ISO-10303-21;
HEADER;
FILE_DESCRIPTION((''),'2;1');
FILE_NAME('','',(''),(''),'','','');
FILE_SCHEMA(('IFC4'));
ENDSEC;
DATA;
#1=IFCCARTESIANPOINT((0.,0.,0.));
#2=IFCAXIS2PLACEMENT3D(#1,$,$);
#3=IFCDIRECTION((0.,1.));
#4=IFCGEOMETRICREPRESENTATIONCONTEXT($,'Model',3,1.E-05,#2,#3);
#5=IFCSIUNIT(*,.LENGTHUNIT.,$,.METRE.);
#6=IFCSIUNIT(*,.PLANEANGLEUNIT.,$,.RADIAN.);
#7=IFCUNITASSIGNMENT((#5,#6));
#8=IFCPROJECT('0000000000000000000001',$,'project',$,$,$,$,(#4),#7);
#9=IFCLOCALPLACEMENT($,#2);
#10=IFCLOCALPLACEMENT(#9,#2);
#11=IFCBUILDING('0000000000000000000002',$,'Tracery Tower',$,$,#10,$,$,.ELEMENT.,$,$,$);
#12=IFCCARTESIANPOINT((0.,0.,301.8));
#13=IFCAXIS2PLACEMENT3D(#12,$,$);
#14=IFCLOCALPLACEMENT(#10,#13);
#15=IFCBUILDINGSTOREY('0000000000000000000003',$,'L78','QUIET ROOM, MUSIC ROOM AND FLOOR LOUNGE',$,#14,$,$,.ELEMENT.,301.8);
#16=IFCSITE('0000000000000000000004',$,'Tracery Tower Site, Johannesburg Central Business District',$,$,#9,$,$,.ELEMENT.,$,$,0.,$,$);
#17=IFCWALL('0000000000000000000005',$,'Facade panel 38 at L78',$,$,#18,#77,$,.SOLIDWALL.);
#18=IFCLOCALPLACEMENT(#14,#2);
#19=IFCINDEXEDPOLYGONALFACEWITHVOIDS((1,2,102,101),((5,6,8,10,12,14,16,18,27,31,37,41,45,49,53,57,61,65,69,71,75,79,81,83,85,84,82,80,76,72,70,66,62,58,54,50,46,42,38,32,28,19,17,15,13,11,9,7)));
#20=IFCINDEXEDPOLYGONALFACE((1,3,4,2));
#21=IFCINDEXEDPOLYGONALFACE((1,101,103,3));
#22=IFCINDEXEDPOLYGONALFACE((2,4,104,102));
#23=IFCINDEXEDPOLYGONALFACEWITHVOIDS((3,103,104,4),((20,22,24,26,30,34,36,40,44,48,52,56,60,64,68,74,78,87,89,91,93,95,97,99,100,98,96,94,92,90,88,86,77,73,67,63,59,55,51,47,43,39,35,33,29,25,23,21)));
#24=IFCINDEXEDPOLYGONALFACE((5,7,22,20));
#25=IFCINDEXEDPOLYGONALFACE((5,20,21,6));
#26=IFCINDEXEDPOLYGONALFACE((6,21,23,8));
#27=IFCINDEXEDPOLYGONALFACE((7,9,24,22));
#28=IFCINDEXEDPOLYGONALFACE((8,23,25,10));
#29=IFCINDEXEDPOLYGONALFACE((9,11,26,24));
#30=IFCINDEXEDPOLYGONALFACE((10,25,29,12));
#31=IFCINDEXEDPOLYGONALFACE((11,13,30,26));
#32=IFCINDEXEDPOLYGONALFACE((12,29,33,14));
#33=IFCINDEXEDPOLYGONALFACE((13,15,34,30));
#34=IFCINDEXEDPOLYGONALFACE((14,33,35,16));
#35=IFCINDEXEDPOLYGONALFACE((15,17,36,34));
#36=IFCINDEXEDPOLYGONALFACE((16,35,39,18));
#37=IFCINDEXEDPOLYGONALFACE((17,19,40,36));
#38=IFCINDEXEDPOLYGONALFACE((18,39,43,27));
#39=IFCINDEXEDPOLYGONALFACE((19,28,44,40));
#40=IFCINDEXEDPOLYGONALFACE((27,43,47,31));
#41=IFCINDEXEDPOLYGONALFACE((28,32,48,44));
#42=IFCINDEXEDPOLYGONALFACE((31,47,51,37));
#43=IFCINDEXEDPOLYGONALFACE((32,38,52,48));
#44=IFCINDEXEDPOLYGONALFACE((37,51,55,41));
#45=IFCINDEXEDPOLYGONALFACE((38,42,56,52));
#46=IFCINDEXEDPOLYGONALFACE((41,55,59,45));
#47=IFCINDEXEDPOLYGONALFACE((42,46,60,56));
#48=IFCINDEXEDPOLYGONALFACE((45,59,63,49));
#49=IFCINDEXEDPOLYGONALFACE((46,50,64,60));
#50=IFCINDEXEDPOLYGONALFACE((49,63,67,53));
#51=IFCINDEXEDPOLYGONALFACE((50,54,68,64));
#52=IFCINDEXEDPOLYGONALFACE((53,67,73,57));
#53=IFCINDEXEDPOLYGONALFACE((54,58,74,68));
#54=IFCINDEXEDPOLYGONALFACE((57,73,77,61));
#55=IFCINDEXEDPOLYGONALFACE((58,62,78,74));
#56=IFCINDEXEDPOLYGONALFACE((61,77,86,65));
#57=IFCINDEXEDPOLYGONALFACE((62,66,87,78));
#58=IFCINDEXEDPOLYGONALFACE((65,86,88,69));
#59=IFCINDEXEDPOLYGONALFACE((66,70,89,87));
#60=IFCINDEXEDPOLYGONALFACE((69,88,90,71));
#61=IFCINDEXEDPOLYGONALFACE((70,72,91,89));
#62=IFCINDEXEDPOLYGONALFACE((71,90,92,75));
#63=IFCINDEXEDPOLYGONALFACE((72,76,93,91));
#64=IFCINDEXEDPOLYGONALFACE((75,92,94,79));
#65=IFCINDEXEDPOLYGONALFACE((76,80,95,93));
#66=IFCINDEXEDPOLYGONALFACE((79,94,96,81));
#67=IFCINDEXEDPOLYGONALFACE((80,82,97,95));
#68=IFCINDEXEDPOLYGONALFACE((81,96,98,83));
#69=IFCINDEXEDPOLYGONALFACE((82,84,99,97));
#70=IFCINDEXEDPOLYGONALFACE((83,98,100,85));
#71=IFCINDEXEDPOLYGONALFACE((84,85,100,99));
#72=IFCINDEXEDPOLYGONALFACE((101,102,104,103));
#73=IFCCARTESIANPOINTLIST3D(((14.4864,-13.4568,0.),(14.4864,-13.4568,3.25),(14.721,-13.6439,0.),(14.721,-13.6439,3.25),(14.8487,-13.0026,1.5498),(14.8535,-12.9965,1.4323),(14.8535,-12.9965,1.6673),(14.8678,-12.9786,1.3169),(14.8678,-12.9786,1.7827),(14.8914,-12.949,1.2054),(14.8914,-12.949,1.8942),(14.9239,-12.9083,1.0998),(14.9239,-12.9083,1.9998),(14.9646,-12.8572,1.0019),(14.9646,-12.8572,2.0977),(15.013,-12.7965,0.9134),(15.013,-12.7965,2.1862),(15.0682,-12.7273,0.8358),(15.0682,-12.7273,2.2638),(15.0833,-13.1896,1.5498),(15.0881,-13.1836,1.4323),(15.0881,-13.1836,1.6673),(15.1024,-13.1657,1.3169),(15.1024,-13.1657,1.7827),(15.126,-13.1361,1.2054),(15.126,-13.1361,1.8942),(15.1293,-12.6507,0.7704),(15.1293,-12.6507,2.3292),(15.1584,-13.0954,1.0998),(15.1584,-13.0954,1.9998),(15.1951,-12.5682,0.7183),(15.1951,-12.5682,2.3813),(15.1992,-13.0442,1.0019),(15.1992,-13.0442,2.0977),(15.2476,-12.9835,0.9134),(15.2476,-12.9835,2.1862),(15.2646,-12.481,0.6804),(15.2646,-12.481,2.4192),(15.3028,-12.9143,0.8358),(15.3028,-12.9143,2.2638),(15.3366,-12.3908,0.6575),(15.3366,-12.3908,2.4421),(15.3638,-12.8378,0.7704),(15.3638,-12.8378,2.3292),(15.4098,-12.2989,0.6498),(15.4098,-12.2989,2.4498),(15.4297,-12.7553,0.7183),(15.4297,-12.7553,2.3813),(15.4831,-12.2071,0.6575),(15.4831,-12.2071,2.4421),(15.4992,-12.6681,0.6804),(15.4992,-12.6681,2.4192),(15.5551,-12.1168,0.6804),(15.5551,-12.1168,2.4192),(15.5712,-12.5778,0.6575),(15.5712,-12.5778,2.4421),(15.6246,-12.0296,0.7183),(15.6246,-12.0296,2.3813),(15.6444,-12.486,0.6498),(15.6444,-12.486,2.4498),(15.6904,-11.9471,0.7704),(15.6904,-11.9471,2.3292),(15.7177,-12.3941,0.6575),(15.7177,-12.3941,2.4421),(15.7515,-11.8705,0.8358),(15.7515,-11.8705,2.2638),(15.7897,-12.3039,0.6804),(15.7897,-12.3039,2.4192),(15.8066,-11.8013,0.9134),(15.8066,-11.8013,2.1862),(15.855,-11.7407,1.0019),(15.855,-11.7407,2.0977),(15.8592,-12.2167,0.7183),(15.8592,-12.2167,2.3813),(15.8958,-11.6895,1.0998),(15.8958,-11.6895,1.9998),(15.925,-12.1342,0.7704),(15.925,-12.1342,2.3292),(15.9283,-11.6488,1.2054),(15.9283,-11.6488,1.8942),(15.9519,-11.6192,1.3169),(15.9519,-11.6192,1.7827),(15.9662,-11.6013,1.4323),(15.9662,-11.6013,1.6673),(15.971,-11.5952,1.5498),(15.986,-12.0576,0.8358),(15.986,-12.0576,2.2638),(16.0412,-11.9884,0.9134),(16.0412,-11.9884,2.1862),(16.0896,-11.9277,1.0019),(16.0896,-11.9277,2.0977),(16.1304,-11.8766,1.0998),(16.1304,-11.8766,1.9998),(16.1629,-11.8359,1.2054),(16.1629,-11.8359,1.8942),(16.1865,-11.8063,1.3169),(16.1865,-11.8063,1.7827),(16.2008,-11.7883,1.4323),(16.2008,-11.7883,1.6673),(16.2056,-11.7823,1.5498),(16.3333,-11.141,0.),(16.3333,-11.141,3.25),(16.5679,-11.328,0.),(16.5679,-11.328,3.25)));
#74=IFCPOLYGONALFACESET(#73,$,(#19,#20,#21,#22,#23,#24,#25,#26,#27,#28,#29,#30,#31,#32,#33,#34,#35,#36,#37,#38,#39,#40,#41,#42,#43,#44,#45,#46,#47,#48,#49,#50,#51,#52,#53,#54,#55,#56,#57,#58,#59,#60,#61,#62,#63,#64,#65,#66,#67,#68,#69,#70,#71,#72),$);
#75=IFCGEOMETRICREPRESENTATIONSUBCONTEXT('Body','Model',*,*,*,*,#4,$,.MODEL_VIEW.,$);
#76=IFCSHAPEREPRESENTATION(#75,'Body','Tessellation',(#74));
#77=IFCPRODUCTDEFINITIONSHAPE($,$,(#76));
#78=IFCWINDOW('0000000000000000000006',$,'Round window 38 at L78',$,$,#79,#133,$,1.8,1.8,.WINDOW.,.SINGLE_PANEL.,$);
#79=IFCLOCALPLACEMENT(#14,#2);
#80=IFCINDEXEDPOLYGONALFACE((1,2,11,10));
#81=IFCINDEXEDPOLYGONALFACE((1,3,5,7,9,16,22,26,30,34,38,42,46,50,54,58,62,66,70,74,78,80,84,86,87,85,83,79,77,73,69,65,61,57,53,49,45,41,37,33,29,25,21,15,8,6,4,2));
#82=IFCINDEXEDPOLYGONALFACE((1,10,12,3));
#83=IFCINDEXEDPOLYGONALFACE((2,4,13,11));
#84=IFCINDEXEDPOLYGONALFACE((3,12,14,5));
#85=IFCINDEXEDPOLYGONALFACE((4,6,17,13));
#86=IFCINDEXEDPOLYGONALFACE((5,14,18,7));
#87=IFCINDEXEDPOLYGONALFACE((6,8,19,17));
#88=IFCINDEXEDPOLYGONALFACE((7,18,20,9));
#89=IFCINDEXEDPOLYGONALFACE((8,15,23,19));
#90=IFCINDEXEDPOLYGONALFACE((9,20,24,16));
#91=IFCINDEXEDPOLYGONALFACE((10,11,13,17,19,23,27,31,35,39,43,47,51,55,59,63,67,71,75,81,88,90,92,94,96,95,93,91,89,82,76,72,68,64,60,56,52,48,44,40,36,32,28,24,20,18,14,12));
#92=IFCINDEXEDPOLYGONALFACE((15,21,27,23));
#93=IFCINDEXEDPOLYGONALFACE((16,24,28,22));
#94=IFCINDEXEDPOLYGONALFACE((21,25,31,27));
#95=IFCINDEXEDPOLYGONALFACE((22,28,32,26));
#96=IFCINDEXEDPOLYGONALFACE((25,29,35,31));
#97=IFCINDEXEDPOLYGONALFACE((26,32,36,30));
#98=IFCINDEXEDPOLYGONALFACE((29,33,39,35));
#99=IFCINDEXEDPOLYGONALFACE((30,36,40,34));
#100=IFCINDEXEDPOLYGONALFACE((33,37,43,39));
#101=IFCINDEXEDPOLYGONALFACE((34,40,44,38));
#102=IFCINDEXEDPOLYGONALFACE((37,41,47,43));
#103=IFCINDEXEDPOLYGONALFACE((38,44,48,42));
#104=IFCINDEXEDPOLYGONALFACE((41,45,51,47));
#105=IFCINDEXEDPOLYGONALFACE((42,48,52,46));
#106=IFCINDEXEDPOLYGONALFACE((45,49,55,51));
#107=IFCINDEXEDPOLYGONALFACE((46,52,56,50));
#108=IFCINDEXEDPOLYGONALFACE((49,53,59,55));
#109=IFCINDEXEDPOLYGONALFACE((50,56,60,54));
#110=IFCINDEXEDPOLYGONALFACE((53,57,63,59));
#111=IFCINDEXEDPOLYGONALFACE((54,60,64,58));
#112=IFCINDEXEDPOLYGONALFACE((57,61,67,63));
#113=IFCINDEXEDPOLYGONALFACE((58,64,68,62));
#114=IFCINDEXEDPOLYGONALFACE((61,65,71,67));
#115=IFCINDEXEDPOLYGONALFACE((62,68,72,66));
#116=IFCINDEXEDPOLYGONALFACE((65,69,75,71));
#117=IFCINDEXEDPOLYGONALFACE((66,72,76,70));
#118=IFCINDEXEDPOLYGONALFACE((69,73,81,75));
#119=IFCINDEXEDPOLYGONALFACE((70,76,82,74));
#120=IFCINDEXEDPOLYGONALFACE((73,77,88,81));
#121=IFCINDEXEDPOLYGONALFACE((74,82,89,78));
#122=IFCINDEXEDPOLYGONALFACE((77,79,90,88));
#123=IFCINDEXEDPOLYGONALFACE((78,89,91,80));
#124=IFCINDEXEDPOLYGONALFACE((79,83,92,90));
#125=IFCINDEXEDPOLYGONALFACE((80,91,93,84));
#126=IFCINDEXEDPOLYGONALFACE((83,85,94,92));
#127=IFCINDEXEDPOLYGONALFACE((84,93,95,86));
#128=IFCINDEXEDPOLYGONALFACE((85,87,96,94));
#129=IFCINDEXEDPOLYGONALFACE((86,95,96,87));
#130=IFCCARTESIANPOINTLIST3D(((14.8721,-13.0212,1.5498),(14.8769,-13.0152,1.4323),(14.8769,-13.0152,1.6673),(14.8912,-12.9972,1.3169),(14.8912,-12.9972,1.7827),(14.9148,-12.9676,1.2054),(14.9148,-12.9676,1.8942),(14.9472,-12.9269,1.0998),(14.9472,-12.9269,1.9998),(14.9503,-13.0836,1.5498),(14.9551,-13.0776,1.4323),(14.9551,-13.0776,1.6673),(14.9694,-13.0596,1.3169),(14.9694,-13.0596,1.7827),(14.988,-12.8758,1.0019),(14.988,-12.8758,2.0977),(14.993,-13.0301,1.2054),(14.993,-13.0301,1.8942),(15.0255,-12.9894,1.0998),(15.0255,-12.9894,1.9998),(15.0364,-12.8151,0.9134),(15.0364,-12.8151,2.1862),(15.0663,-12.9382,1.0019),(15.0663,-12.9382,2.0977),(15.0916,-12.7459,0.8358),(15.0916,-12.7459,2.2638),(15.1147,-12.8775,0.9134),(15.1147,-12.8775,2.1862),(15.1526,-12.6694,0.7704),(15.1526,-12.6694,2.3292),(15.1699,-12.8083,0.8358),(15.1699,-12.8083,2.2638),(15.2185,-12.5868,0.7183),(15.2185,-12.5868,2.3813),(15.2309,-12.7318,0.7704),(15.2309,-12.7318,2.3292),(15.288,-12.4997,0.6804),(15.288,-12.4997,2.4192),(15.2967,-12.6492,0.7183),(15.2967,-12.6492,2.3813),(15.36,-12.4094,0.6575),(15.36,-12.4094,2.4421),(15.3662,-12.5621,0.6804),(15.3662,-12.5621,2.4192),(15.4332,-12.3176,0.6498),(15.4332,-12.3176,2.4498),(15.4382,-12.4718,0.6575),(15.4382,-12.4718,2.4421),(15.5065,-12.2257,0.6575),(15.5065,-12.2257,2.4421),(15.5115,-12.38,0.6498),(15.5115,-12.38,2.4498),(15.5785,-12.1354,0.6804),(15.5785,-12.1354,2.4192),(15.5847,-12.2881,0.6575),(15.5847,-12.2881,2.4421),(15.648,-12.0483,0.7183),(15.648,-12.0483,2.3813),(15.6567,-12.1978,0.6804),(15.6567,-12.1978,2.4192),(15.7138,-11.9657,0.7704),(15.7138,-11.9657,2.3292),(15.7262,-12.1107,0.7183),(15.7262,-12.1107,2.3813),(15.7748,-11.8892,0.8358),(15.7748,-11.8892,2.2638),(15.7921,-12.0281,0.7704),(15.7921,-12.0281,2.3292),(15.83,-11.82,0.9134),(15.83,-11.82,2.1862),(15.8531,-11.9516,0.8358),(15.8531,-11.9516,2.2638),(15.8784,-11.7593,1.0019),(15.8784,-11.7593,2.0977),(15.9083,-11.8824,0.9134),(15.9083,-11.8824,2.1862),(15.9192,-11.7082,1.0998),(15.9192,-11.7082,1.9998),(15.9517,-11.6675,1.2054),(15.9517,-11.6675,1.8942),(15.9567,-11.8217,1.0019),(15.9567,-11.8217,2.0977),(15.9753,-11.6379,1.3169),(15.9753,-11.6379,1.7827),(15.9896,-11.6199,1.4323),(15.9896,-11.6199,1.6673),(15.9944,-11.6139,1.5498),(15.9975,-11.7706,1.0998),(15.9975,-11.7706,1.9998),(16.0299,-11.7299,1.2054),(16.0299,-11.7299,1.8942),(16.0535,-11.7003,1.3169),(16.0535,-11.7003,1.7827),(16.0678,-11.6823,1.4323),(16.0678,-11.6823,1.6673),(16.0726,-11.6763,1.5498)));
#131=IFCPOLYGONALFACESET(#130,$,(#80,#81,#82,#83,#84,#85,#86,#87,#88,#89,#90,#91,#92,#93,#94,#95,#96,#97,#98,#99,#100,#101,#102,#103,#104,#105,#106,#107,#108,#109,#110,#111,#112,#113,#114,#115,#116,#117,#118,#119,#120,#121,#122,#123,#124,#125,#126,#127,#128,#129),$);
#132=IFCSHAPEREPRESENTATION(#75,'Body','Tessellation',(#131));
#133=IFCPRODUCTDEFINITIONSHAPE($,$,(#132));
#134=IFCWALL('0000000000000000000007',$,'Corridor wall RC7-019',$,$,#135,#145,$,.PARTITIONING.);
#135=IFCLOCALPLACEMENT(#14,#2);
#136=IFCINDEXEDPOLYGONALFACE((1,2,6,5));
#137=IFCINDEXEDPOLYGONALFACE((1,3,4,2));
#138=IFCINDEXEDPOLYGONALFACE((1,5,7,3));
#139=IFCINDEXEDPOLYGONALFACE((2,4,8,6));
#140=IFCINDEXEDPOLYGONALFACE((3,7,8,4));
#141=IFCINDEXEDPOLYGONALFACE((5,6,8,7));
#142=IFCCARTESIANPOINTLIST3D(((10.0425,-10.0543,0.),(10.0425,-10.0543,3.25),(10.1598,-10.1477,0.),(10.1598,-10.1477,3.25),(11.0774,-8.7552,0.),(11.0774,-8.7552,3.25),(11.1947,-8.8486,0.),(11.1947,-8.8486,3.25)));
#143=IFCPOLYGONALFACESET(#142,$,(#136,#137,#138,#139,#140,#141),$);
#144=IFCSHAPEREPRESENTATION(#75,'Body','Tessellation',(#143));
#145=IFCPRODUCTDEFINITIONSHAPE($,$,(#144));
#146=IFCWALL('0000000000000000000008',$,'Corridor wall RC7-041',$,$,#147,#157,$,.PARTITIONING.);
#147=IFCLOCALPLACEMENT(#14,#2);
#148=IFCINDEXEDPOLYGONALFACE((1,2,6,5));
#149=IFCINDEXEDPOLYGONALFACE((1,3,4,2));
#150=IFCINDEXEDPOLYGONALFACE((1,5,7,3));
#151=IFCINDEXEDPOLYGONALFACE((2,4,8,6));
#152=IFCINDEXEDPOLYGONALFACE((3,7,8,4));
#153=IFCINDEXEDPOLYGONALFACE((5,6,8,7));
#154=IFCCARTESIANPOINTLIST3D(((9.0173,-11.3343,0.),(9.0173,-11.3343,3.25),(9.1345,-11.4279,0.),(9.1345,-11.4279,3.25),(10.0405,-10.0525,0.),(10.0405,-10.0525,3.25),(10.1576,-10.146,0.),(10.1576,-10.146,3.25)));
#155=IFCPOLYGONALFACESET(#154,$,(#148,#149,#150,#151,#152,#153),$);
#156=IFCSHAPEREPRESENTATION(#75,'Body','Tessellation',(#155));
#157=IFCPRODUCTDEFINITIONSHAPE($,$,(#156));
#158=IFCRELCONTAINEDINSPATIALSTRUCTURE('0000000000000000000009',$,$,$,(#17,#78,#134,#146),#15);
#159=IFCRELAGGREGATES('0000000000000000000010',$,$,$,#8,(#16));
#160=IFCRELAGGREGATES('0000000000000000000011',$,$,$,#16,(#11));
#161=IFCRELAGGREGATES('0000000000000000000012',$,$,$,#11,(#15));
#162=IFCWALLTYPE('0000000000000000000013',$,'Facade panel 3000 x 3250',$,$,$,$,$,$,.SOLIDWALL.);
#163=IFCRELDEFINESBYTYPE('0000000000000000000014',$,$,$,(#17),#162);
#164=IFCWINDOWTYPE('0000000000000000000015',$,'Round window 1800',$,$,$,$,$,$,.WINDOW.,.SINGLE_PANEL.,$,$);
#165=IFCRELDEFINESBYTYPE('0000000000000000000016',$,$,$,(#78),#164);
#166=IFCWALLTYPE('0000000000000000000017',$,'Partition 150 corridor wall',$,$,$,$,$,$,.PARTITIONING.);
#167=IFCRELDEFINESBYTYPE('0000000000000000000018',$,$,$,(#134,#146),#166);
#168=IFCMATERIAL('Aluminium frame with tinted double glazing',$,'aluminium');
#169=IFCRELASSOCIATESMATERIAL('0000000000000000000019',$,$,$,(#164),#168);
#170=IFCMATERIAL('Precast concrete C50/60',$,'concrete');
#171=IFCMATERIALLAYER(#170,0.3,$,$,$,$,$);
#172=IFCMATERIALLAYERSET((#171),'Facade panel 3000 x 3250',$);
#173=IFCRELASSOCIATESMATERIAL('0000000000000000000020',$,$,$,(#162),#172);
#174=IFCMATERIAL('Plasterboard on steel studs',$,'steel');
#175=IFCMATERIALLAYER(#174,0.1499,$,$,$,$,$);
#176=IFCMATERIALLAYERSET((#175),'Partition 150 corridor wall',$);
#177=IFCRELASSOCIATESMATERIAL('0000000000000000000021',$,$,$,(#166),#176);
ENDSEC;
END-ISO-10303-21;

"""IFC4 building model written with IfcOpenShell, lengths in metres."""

from ifc_helpers import new_model, si_unit, direction, frame, frame_2d, origin, origin_2d, place, context, subcontext, project, spatial, rectangle, circle, extrude, material, layer, layer_set, type_object, element, fill, save


model = new_model("IFC4")

# Units and contexts
model_context = context("Model", 3, precision=1e-05, world=origin(), true_north=direction((0.0, 1.0)))
body_context = subcontext(model_context, "Body", "Model", "MODEL_VIEW")
ifc_project = project(units=[si_unit("LENGTHUNIT", "METRE"), si_unit("PLANEANGLEUNIT", "RADIAN")], contexts=[model_context])

# Site, building, storey
site_placement = place(None, origin())
site = spatial("IfcSite", under=ifc_project, at=site_placement, Name="Tracery Tower Site, Johannesburg Central Business District", CompositionType="ELEMENT", RefElevation=0.0)
building_placement = place(site_placement, origin())
building = spatial("IfcBuilding", under=site, at=building_placement, Name="Tracery Tower", CompositionType="ELEMENT")
storey_placement = place(building_placement, frame((0.0, 0.0, 301.8)))
storey = spatial("IfcBuildingStorey", under=building, at=storey_placement, Name="L78", Description="QUIET ROOM, MUSIC ROOM AND FLOOR LOUNGE", CompositionType="ELEMENT", Elevation=301.8)

# Wall, opening, window
ifc_material_1 = material(Name="Aluminium frame with tinted double glazing", Category="aluminium")
window_type = type_object("IfcWindowType", Name="Round window 1800", PartitioningType="SINGLE_PANEL", PredefinedType="WINDOW", material=ifc_material_1)
ifc_material_2 = material(Name="Precast concrete C50/60", Category="concrete")
ifc_layer_1 = layer(ifc_material_2, 0.3)
ifc_layer_set_1 = layer_set([ifc_layer_1], Name="Facade panel 3000 x 3250")
wall_type_1 = type_object("IfcWallType", Name="Facade panel 3000 x 3250", PredefinedType="SOLIDWALL", material=ifc_layer_set_1)
wall_1_placement = place(storey_placement, frame((14.6038, -13.5503, 0.0), z_axis=(0.0, 0.0, 1.0), x_axis=(0.623498, 0.781825, 0.0)))
wall_1 = element("IfcWall", 1, at=wall_1_placement, inside=storey, type_object=wall_type_1, Name="Facade panel 38 at L78", PredefinedType="SOLIDWALL", context=body_context, shape_type="SweptSolid", body=[
    extrude(rectangle(XDim=2.9622, YDim=0.3, at=frame_2d((1.481, 0.0))), origin(), (0.0, 0.0, 1.0), 3.25),
])
opening_1_placement = place(wall_1_placement, frame((1.481, 0.0, 1.5498)))
opening_1 = element("IfcOpeningElement", 2, at=opening_1_placement, cuts=wall_1, PredefinedType="OPENING", context=body_context, shape_type="SweptSolid", body=[
    extrude(circle(Radius=0.9, at=origin_2d()), frame((0.0, 0.1599, 0.0), z_axis=(0.0, -1.0, 0.0), x_axis=(1.0, 0.0, 0.0)), (0.0, 0.0, 1.0), 0.3201),
])
window_1_placement = place(opening_1_placement, origin())
window_1 = element("IfcWindow", 3, at=window_1_placement, inside=storey, type_object=window_type, Name="Round window 38 at L78", OverallHeight=1.8, OverallWidth=1.8, PartitioningType="SINGLE_PANEL", PredefinedType="WINDOW", context=body_context, shape_type="SweptSolid", body=[
    extrude(circle(Radius=0.9, at=origin_2d()), frame((0.0, 0.1201, 0.0), z_axis=(0.0, -1.0, 0.0), x_axis=(1.0, 0.0, 0.0)), (0.0, 0.0, 1.0), 0.1001),
])
fill(opening_1, window_1)

# Walls
ifc_material_3 = material(Name="Plasterboard on steel studs", Category="steel")
ifc_layer_2 = layer(ifc_material_3, 0.1499)
ifc_layer_set_2 = layer_set([ifc_layer_2], Name="Partition 150 corridor wall")
wall_type_2 = type_object("IfcWallType", Name="Partition 150 corridor wall", PredefinedType="PARTITIONING", material=ifc_layer_set_2)
wall_2_placement = place(storey_placement, frame((10.1011, -10.1011, 0.0), z_axis=(0.0, 0.0, 1.0), x_axis=(0.623098, 0.782143, 0.0)))
element("IfcWall", 4, at=wall_2_placement, inside=storey, type_object=wall_type_2, Name="Corridor wall RC7-019", PredefinedType="PARTITIONING", context=body_context, shape_type="SweptSolid", body=[
    extrude(rectangle(XDim=1.6609, YDim=0.1499, at=frame_2d((0.8306, 0.0))), origin(), (0.0, 0.0, 1.0), 3.25),
])
wall_3_placement = place(storey_placement, frame((9.0759, -11.3811, 0.0), z_axis=(0.0, 0.0, 1.0), x_axis=(0.623805, 0.78158, 0.0)))
element("IfcWall", 5, at=wall_3_placement, inside=storey, type_object=wall_type_2, Name="Corridor wall RC7-041", PredefinedType="PARTITIONING", context=body_context, shape_type="SweptSolid", body=[
    extrude(rectangle(XDim=1.6401, YDim=0.1499, at=frame_2d((0.8201, 0.0))), origin(), (0.0, 0.0, 1.0), 3.25),
])

save(model, "model.ifc")
